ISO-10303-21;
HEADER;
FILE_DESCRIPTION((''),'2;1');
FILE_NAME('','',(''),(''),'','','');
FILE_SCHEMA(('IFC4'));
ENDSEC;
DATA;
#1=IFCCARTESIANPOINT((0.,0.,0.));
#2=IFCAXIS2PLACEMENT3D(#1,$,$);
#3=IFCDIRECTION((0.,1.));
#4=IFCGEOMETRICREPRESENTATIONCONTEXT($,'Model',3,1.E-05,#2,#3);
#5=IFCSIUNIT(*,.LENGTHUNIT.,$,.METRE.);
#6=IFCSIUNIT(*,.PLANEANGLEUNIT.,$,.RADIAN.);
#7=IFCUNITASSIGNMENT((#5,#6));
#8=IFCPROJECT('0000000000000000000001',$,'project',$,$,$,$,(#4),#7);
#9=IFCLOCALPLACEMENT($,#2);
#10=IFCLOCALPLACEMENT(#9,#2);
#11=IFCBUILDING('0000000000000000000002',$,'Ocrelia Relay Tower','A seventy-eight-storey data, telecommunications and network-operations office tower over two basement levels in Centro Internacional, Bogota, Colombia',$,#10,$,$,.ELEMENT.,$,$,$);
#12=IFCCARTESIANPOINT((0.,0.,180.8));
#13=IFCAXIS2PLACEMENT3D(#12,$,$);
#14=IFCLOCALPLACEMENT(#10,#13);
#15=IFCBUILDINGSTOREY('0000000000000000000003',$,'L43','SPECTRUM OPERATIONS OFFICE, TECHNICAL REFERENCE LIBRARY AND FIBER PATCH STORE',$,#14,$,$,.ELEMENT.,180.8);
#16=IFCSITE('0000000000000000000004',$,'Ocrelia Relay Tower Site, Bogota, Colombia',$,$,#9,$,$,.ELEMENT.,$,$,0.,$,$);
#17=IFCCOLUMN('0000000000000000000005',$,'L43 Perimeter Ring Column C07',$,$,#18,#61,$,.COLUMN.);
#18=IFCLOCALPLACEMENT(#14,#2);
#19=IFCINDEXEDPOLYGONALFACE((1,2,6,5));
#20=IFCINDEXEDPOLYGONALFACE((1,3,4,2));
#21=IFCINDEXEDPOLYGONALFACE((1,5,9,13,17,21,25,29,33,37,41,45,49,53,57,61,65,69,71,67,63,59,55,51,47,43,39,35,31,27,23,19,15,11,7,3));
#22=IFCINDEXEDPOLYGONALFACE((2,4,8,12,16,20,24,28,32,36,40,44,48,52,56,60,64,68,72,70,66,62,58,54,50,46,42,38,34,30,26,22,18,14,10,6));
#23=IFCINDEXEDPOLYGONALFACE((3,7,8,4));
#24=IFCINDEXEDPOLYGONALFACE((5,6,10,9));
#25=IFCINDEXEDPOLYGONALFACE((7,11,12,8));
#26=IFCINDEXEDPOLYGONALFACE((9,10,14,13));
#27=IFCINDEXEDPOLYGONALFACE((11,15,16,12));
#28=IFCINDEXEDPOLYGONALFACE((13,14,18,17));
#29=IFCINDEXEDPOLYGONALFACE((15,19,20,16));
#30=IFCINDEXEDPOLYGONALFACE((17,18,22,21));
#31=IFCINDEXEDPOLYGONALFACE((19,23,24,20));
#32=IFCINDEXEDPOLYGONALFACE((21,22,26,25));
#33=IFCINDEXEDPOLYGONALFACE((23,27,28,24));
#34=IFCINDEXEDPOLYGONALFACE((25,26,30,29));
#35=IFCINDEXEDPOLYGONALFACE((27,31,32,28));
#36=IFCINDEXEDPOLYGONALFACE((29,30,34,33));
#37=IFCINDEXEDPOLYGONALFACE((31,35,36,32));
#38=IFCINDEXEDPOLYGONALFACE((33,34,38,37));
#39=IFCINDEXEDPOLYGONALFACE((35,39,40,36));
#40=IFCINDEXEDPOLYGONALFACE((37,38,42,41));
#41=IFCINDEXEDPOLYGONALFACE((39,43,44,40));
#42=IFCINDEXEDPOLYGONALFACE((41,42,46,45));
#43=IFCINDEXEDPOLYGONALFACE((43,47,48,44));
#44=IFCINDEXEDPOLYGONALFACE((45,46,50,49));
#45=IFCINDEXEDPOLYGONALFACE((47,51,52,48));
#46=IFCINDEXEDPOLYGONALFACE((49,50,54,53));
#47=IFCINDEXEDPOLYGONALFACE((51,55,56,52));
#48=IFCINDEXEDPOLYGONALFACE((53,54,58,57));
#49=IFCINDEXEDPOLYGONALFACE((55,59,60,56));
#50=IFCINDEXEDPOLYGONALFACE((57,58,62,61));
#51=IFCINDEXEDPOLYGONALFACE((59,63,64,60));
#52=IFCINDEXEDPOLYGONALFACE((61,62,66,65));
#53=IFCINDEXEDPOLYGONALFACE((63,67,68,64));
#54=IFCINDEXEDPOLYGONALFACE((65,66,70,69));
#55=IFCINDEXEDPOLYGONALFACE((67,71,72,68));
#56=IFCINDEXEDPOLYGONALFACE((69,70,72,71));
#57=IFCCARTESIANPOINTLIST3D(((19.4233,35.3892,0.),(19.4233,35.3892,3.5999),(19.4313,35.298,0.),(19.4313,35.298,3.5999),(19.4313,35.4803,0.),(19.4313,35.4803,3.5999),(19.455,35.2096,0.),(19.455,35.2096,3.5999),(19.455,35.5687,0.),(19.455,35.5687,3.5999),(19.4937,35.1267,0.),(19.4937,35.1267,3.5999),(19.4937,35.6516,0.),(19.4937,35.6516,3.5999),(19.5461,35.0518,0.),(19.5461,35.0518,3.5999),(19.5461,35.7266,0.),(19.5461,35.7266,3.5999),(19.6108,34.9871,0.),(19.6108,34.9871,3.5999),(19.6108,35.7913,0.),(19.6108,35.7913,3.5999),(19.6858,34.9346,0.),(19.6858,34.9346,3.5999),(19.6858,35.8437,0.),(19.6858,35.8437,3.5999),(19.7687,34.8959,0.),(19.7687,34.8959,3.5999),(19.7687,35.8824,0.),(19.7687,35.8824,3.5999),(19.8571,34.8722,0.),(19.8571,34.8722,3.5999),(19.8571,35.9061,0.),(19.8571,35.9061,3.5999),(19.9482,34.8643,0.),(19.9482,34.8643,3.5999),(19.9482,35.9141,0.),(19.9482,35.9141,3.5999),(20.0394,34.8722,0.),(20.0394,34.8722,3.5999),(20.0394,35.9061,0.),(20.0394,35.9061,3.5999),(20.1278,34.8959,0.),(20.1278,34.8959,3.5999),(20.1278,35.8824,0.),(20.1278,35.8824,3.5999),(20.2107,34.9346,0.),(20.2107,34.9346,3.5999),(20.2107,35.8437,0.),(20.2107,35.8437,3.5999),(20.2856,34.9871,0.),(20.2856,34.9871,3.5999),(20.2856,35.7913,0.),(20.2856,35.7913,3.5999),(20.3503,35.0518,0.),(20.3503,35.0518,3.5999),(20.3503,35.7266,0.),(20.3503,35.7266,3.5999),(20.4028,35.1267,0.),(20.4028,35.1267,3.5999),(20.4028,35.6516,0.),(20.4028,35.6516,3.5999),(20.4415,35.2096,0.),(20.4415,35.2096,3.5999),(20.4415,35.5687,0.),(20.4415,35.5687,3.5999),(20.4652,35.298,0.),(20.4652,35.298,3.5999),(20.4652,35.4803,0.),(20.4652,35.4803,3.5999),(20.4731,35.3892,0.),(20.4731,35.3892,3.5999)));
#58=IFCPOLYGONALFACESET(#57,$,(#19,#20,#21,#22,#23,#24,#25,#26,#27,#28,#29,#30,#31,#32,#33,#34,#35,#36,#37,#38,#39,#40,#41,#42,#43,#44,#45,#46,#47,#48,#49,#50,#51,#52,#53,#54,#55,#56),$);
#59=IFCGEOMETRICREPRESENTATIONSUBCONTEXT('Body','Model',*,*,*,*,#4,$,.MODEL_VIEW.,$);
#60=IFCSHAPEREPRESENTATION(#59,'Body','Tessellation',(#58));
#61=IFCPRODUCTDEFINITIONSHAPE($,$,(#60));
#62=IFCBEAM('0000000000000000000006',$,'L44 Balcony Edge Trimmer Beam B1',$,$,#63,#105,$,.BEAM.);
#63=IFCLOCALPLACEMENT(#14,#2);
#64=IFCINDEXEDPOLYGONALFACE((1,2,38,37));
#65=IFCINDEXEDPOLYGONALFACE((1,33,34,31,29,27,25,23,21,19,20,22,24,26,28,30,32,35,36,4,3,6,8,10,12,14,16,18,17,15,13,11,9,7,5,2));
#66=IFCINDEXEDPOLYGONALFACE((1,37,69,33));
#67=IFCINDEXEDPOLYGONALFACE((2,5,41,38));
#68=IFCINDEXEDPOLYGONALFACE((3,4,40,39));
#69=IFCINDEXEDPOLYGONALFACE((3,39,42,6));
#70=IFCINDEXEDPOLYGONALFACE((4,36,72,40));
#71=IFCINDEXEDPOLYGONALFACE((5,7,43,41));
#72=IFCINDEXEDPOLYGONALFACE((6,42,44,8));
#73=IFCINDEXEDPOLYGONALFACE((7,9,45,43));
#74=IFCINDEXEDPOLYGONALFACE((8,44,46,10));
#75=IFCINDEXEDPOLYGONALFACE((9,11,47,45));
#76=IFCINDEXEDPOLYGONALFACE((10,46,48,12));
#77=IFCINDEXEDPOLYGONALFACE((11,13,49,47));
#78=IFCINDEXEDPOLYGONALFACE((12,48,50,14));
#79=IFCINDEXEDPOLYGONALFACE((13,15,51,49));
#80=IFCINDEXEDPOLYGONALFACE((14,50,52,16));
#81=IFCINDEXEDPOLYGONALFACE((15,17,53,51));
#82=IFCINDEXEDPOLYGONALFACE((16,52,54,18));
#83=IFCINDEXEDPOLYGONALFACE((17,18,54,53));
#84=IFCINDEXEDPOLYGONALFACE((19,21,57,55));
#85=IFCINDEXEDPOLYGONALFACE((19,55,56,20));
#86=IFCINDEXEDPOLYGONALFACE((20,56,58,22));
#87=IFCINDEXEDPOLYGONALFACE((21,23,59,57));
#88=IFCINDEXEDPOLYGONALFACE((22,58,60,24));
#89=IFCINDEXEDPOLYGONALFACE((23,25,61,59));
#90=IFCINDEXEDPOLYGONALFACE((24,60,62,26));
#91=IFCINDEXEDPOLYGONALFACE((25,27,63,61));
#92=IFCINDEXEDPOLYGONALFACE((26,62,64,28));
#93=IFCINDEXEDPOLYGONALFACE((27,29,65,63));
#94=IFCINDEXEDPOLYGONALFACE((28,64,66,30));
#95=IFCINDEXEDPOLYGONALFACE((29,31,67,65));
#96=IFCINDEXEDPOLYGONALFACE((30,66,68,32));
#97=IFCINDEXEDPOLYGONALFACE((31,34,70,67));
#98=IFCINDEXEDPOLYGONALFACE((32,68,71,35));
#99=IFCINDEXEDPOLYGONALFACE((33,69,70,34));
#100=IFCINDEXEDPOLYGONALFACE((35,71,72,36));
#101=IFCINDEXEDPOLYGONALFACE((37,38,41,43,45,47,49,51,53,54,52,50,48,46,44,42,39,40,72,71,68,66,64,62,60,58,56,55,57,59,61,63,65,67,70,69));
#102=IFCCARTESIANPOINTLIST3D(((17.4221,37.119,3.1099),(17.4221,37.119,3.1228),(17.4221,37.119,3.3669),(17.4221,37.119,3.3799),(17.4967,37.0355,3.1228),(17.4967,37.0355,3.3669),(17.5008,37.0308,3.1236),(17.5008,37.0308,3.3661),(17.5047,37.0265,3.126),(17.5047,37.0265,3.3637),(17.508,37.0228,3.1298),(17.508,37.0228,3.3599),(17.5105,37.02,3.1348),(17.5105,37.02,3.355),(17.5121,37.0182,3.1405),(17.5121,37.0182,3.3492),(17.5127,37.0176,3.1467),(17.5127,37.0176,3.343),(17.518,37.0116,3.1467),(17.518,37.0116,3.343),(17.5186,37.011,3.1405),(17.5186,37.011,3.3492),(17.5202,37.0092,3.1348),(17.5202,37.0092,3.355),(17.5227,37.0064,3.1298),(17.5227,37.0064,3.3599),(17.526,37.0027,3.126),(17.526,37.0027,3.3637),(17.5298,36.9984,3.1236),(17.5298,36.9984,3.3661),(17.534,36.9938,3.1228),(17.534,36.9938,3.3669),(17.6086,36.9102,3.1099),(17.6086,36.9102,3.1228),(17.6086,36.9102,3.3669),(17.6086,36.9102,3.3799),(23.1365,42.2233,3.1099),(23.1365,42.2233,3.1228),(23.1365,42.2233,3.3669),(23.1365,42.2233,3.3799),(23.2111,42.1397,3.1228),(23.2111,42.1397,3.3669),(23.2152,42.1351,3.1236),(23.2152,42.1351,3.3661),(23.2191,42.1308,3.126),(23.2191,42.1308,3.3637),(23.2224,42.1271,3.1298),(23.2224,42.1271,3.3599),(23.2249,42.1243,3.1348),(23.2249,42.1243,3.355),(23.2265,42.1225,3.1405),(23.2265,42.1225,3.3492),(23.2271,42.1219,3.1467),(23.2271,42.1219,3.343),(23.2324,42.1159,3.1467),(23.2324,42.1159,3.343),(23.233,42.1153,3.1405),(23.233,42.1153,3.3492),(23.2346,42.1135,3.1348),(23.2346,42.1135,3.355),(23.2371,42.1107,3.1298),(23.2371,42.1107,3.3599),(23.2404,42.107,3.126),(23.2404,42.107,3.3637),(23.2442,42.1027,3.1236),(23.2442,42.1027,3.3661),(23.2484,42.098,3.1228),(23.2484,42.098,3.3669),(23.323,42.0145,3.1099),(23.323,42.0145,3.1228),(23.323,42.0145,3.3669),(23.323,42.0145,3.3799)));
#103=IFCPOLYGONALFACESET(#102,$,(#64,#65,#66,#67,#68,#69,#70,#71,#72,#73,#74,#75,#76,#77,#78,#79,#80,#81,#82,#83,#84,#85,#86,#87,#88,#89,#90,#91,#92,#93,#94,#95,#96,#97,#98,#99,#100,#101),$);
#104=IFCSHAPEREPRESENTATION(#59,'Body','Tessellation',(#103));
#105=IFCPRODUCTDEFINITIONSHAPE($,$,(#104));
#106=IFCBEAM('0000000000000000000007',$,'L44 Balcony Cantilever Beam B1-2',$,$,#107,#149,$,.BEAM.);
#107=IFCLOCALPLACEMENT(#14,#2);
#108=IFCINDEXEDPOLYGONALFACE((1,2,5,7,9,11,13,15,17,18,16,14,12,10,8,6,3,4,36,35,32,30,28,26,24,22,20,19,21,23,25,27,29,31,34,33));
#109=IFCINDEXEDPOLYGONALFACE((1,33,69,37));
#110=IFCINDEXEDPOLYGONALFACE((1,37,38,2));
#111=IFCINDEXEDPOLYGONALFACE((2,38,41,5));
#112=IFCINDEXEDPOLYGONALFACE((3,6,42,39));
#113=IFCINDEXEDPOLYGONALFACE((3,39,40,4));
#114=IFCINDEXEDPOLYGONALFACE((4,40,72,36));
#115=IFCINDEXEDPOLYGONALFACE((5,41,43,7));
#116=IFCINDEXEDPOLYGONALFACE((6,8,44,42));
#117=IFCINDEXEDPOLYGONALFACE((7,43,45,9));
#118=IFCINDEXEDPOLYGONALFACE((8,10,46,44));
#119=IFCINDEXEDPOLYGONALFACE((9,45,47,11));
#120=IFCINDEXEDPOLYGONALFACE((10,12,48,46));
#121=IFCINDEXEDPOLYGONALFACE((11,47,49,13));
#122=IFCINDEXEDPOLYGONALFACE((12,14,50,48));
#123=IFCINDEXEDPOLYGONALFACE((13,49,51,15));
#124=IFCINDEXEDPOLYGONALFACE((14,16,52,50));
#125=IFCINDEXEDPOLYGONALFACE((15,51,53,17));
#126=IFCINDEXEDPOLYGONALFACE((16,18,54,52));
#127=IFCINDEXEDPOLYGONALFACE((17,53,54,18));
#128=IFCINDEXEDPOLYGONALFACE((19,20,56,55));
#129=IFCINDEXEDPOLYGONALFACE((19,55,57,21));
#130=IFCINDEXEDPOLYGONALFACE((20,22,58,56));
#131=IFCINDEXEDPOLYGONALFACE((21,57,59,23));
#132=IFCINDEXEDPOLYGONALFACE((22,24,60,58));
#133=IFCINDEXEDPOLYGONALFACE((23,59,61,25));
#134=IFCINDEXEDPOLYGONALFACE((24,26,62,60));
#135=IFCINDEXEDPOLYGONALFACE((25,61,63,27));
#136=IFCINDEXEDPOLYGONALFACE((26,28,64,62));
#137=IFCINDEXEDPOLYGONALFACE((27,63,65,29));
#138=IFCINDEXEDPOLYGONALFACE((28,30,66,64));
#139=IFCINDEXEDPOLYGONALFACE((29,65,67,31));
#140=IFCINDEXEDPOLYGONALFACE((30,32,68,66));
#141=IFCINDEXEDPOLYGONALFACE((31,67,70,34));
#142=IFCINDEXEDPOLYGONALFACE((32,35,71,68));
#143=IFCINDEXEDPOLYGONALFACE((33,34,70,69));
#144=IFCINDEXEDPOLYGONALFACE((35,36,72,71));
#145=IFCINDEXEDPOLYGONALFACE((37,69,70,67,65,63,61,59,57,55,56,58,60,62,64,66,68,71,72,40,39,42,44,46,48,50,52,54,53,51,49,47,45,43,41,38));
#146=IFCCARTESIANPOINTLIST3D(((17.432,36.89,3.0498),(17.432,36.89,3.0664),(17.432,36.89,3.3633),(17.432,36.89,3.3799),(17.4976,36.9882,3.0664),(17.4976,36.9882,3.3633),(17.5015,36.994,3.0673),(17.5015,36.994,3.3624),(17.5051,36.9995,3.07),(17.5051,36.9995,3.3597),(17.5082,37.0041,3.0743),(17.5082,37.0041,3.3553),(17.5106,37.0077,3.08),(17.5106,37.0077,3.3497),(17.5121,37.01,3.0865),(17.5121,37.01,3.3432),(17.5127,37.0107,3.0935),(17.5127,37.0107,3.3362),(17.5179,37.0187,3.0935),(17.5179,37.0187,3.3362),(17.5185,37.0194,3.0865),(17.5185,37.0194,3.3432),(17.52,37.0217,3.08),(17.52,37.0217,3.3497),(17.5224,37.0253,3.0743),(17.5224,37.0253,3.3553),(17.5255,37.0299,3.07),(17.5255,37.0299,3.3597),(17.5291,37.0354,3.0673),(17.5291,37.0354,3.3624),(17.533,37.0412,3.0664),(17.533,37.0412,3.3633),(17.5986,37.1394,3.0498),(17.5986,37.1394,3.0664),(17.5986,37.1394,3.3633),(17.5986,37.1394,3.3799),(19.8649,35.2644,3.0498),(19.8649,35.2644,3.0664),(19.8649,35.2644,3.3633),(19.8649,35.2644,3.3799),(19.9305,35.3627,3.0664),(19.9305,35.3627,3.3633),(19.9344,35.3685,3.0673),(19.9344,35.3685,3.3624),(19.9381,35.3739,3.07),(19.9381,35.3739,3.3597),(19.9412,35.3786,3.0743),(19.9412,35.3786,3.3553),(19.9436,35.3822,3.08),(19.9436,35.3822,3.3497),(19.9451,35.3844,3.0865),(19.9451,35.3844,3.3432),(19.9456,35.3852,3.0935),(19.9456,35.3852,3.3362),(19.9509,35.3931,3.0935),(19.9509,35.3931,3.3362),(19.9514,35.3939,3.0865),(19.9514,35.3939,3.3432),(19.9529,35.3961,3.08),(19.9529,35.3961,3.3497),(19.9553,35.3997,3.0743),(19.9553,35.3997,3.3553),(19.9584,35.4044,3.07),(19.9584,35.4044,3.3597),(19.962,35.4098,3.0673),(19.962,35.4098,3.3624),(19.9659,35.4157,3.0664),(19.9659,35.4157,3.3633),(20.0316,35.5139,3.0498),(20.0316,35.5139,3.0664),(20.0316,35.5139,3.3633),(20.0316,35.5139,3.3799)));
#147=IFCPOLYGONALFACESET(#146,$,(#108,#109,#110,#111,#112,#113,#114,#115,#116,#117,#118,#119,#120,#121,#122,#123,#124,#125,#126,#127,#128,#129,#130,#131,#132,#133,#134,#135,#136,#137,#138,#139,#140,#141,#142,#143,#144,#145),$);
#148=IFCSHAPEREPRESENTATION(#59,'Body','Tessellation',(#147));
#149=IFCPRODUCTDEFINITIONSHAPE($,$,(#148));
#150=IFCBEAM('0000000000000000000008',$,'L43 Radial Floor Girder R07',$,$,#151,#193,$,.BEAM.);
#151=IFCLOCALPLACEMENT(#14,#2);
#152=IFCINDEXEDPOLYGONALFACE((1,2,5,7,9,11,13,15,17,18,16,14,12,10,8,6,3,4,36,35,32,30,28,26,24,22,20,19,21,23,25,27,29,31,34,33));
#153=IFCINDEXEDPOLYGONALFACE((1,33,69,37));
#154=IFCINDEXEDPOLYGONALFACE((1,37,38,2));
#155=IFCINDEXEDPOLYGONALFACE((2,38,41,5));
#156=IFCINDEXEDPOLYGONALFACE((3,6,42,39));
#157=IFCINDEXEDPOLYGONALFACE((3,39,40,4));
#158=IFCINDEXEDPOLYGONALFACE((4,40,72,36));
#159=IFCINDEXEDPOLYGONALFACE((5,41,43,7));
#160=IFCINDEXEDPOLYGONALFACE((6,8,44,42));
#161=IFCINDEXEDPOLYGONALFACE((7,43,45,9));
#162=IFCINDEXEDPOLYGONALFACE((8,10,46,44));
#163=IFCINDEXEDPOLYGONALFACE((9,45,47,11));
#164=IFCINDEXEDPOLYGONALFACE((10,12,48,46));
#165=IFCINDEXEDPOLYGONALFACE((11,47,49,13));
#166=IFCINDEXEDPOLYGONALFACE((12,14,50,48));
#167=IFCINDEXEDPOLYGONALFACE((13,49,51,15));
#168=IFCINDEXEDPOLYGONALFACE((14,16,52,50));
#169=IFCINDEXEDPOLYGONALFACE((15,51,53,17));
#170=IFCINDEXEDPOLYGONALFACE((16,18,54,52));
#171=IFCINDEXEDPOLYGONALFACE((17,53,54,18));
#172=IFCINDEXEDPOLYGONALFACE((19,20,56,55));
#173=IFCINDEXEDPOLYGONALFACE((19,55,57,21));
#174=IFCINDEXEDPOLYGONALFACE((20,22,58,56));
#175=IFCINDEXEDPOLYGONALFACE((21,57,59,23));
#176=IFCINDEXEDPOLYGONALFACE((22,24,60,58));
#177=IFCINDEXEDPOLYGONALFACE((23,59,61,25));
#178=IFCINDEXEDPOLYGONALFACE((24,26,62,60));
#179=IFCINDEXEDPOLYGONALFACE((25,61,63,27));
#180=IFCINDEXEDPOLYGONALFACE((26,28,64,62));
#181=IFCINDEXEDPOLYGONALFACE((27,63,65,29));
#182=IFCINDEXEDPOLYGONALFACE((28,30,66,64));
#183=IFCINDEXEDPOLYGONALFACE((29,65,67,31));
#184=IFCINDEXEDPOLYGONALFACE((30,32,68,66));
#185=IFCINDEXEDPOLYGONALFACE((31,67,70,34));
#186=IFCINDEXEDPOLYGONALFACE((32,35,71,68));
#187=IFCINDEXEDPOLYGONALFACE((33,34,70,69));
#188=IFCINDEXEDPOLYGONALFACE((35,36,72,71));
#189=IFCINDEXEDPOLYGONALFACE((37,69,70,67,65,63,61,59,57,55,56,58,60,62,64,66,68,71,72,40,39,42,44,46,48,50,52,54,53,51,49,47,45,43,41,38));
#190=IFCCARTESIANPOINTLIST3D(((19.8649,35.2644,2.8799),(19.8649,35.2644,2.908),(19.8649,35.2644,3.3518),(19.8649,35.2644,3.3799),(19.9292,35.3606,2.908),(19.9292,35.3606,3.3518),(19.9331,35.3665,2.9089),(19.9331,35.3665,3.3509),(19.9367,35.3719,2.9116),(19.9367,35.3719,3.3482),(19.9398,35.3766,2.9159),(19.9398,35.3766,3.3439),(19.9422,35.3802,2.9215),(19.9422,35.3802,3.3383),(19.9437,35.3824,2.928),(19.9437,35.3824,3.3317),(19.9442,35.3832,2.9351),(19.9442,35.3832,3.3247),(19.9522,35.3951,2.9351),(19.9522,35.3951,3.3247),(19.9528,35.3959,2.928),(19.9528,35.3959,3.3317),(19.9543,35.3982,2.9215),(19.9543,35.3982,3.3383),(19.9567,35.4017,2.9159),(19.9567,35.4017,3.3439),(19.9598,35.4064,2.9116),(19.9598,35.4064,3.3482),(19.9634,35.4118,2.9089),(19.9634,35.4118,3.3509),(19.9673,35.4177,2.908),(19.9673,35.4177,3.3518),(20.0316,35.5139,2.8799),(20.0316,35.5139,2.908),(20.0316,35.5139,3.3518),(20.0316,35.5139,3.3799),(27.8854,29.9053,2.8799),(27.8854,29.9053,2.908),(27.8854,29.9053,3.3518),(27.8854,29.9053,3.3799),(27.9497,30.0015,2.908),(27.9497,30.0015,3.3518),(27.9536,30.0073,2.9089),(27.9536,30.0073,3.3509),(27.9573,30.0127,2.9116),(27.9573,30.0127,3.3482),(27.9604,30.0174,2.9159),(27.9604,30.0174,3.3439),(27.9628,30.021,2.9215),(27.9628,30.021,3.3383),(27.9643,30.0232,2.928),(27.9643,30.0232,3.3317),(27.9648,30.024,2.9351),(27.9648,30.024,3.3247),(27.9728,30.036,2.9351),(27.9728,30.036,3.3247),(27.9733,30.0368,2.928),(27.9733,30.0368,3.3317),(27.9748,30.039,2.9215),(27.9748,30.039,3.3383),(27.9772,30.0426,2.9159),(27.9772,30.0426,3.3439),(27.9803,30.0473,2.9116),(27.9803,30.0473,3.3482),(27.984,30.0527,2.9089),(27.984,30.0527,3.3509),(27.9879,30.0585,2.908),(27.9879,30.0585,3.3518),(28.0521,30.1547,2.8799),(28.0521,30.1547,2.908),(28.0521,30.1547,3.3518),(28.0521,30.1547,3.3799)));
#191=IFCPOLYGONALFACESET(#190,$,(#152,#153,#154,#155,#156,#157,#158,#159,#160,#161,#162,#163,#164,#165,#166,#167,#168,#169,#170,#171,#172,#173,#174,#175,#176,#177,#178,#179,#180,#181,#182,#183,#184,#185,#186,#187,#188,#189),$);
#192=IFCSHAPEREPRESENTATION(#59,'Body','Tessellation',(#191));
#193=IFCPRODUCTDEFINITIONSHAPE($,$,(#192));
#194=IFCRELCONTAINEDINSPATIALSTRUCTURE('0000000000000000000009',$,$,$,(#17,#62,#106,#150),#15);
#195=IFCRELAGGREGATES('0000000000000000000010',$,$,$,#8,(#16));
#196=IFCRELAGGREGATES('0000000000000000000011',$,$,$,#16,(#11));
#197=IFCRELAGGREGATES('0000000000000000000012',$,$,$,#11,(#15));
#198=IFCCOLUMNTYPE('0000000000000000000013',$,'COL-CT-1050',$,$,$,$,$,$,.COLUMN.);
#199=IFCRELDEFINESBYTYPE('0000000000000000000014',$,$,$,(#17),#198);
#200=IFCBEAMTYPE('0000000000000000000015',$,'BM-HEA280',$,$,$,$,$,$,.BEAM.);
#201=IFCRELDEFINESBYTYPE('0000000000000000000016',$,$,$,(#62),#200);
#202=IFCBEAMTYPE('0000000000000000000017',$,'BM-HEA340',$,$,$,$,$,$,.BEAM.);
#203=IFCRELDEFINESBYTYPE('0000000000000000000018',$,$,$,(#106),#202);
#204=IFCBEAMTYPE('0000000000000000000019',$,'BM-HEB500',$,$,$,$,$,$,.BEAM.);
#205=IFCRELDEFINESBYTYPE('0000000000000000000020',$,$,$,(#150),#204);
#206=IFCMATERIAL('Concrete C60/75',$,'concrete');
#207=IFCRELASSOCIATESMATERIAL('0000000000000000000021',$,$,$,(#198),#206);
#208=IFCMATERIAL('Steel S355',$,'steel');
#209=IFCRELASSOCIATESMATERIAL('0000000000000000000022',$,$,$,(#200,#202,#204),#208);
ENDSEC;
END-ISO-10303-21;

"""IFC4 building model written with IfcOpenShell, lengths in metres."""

from ifc_helpers import new_model, si_unit, direction, frame, origin, origin_2d, place, context, subcontext, project, spatial, circle, i_section, extrude, material, material_profile, profile_set, type_object, element, save


model = new_model("IFC4")

# Units and contexts
model_context = context("Model", 3, precision=1e-05, world=origin(), true_north=direction((0.0, 1.0)))
body_context = subcontext(model_context, "Body", "Model", "MODEL_VIEW")
ifc_project = project(units=[si_unit("LENGTHUNIT", "METRE"), si_unit("PLANEANGLEUNIT", "RADIAN")], contexts=[model_context])

# Site, building, storey
site_placement = place(None, origin())
site = spatial("IfcSite", under=ifc_project, at=site_placement, Name="Ocrelia Relay Tower Site, Bogota, Colombia", CompositionType="ELEMENT", RefElevation=0.0)
building_placement = place(site_placement, origin())
building = spatial("IfcBuilding", under=site, at=building_placement, Name="Ocrelia Relay Tower", Description="A seventy-eight-storey data, telecommunications and network-operations office tower over two basement levels in Centro Internacional, Bogota, Colombia", CompositionType="ELEMENT")
storey_placement = place(building_placement, frame((0.0, 0.0, 180.8)))
storey = spatial("IfcBuildingStorey", under=building, at=storey_placement, Name="L43", Description="SPECTRUM OPERATIONS OFFICE, TECHNICAL REFERENCE LIBRARY AND FIBER PATCH STORE", CompositionType="ELEMENT", Elevation=180.8)

# Column
ifc_material_1 = material(Name="Concrete C60/75", Category="concrete")
ifc_material_profile_1 = material_profile(ifc_material_1, circle(Radius=0.5249, at=origin_2d()), Name="RC-CIR-1050")
ifc_profile_set_1 = profile_set([ifc_material_profile_1], Name="Concrete C60/75")
column_type = type_object("IfcColumnType", Name="COL-CT-1050", PredefinedType="COLUMN", material=ifc_profile_set_1)
column_placement = place(storey_placement, frame((19.9482, 35.3892, 0.0), z_axis=(0.0, 0.0, 1.0), x_axis=(1.0, 0.0, 0.0)))
element("IfcColumn", 1, at=column_placement, inside=storey, type_object=column_type, Name="L43 Perimeter Ring Column C07", PredefinedType="COLUMN", context=body_context, shape_type="SweptSolid", body=[
    extrude(circle(Radius=0.5249, at=origin_2d()), origin(), (0.0, 0.0, 1.0), 3.5999),
])

# Beams
ifc_material_2 = material(Name="Steel S355", Category="steel")
ifc_material_profile_2 = material_profile(ifc_material_2, i_section(OverallWidth=0.28, OverallDepth=0.27, WebThickness=0.0081, FlangeThickness=0.0129, FilletRadius=0.0239, at=origin_2d()), Name="HEA 280")
ifc_profile_set_2 = profile_set([ifc_material_profile_2], Name="Steel S355")
beam_type_1 = type_object("IfcBeamType", Name="BM-HEA280", PredefinedType="BEAM", material=ifc_profile_set_2)
beam_1_placement = place(storey_placement, frame((23.2297, 42.1189, 3.2449), z_axis=(-0.745799, -0.666172, 0.0), x_axis=(0.666172, -0.745799, 0.0)))
element("IfcBeam", 2, at=beam_1_placement, inside=storey, type_object=beam_type_1, Name="L44 Balcony Edge Trimmer Beam B1", PredefinedType="BEAM", context=body_context, shape_type="SweptSolid", body=[
    extrude(i_section(OverallWidth=0.28, OverallDepth=0.27, WebThickness=0.0081, FlangeThickness=0.0129, FilletRadius=0.0239, at=origin_2d()), origin(), (0.0, 0.0, 1.0), 7.6621),
])
ifc_material_profile_3 = material_profile(ifc_material_2, i_section(OverallWidth=0.3, OverallDepth=0.3301, WebThickness=0.0095, FlangeThickness=0.0166, FilletRadius=0.0271, at=origin_2d()), Name="HEA 340")
ifc_profile_set_3 = profile_set([ifc_material_profile_3], Name="Steel S355")
beam_type_2 = type_object("IfcBeamType", Name="BM-HEA340", PredefinedType="BEAM", material=ifc_profile_set_3)
beam_2_placement = place(storey_placement, frame((19.9482, 35.3892, 3.2148), z_axis=(-0.831485, 0.555547, 0.0), x_axis=(-0.555547, -0.831485, 0.0)))
element("IfcBeam", 3, at=beam_2_placement, inside=storey, type_object=beam_type_2, Name="L44 Balcony Cantilever Beam B1-2", PredefinedType="BEAM", context=body_context, shape_type="SweptSolid", body=[
    extrude(i_section(OverallWidth=0.3, OverallDepth=0.3301, WebThickness=0.0095, FlangeThickness=0.0166, FilletRadius=0.0271, at=origin_2d()), origin(), (0.0, 0.0, 1.0), 2.926),
])
ifc_material_profile_4 = material_profile(ifc_material_2, i_section(OverallWidth=0.3, OverallDepth=0.5, WebThickness=0.0144, FlangeThickness=0.0281, FilletRadius=0.0271, at=origin_2d()), Name="HEB 500")
ifc_profile_set_4 = profile_set([ifc_material_profile_4], Name="Steel S355")
beam_type_3 = type_object("IfcBeamType", Name="BM-HEB500", PredefinedType="BEAM", material=ifc_profile_set_4)
beam_3_placement = place(storey_placement, frame((19.9482, 35.3892, 3.1299), z_axis=(0.83147, -0.55557, 0.0), x_axis=(0.55557, 0.83147, 0.0)))
element("IfcBeam", 4, at=beam_3_placement, inside=storey, type_object=beam_type_3, Name="L43 Radial Floor Girder R07", PredefinedType="BEAM", context=body_context, shape_type="SweptSolid", body=[
    extrude(i_section(OverallWidth=0.3, OverallDepth=0.5, WebThickness=0.0144, FlangeThickness=0.0281, FilletRadius=0.0271, at=origin_2d()), origin(), (0.0, 0.0, 1.0), 9.6462),
])

save(model, "model.ifc")
